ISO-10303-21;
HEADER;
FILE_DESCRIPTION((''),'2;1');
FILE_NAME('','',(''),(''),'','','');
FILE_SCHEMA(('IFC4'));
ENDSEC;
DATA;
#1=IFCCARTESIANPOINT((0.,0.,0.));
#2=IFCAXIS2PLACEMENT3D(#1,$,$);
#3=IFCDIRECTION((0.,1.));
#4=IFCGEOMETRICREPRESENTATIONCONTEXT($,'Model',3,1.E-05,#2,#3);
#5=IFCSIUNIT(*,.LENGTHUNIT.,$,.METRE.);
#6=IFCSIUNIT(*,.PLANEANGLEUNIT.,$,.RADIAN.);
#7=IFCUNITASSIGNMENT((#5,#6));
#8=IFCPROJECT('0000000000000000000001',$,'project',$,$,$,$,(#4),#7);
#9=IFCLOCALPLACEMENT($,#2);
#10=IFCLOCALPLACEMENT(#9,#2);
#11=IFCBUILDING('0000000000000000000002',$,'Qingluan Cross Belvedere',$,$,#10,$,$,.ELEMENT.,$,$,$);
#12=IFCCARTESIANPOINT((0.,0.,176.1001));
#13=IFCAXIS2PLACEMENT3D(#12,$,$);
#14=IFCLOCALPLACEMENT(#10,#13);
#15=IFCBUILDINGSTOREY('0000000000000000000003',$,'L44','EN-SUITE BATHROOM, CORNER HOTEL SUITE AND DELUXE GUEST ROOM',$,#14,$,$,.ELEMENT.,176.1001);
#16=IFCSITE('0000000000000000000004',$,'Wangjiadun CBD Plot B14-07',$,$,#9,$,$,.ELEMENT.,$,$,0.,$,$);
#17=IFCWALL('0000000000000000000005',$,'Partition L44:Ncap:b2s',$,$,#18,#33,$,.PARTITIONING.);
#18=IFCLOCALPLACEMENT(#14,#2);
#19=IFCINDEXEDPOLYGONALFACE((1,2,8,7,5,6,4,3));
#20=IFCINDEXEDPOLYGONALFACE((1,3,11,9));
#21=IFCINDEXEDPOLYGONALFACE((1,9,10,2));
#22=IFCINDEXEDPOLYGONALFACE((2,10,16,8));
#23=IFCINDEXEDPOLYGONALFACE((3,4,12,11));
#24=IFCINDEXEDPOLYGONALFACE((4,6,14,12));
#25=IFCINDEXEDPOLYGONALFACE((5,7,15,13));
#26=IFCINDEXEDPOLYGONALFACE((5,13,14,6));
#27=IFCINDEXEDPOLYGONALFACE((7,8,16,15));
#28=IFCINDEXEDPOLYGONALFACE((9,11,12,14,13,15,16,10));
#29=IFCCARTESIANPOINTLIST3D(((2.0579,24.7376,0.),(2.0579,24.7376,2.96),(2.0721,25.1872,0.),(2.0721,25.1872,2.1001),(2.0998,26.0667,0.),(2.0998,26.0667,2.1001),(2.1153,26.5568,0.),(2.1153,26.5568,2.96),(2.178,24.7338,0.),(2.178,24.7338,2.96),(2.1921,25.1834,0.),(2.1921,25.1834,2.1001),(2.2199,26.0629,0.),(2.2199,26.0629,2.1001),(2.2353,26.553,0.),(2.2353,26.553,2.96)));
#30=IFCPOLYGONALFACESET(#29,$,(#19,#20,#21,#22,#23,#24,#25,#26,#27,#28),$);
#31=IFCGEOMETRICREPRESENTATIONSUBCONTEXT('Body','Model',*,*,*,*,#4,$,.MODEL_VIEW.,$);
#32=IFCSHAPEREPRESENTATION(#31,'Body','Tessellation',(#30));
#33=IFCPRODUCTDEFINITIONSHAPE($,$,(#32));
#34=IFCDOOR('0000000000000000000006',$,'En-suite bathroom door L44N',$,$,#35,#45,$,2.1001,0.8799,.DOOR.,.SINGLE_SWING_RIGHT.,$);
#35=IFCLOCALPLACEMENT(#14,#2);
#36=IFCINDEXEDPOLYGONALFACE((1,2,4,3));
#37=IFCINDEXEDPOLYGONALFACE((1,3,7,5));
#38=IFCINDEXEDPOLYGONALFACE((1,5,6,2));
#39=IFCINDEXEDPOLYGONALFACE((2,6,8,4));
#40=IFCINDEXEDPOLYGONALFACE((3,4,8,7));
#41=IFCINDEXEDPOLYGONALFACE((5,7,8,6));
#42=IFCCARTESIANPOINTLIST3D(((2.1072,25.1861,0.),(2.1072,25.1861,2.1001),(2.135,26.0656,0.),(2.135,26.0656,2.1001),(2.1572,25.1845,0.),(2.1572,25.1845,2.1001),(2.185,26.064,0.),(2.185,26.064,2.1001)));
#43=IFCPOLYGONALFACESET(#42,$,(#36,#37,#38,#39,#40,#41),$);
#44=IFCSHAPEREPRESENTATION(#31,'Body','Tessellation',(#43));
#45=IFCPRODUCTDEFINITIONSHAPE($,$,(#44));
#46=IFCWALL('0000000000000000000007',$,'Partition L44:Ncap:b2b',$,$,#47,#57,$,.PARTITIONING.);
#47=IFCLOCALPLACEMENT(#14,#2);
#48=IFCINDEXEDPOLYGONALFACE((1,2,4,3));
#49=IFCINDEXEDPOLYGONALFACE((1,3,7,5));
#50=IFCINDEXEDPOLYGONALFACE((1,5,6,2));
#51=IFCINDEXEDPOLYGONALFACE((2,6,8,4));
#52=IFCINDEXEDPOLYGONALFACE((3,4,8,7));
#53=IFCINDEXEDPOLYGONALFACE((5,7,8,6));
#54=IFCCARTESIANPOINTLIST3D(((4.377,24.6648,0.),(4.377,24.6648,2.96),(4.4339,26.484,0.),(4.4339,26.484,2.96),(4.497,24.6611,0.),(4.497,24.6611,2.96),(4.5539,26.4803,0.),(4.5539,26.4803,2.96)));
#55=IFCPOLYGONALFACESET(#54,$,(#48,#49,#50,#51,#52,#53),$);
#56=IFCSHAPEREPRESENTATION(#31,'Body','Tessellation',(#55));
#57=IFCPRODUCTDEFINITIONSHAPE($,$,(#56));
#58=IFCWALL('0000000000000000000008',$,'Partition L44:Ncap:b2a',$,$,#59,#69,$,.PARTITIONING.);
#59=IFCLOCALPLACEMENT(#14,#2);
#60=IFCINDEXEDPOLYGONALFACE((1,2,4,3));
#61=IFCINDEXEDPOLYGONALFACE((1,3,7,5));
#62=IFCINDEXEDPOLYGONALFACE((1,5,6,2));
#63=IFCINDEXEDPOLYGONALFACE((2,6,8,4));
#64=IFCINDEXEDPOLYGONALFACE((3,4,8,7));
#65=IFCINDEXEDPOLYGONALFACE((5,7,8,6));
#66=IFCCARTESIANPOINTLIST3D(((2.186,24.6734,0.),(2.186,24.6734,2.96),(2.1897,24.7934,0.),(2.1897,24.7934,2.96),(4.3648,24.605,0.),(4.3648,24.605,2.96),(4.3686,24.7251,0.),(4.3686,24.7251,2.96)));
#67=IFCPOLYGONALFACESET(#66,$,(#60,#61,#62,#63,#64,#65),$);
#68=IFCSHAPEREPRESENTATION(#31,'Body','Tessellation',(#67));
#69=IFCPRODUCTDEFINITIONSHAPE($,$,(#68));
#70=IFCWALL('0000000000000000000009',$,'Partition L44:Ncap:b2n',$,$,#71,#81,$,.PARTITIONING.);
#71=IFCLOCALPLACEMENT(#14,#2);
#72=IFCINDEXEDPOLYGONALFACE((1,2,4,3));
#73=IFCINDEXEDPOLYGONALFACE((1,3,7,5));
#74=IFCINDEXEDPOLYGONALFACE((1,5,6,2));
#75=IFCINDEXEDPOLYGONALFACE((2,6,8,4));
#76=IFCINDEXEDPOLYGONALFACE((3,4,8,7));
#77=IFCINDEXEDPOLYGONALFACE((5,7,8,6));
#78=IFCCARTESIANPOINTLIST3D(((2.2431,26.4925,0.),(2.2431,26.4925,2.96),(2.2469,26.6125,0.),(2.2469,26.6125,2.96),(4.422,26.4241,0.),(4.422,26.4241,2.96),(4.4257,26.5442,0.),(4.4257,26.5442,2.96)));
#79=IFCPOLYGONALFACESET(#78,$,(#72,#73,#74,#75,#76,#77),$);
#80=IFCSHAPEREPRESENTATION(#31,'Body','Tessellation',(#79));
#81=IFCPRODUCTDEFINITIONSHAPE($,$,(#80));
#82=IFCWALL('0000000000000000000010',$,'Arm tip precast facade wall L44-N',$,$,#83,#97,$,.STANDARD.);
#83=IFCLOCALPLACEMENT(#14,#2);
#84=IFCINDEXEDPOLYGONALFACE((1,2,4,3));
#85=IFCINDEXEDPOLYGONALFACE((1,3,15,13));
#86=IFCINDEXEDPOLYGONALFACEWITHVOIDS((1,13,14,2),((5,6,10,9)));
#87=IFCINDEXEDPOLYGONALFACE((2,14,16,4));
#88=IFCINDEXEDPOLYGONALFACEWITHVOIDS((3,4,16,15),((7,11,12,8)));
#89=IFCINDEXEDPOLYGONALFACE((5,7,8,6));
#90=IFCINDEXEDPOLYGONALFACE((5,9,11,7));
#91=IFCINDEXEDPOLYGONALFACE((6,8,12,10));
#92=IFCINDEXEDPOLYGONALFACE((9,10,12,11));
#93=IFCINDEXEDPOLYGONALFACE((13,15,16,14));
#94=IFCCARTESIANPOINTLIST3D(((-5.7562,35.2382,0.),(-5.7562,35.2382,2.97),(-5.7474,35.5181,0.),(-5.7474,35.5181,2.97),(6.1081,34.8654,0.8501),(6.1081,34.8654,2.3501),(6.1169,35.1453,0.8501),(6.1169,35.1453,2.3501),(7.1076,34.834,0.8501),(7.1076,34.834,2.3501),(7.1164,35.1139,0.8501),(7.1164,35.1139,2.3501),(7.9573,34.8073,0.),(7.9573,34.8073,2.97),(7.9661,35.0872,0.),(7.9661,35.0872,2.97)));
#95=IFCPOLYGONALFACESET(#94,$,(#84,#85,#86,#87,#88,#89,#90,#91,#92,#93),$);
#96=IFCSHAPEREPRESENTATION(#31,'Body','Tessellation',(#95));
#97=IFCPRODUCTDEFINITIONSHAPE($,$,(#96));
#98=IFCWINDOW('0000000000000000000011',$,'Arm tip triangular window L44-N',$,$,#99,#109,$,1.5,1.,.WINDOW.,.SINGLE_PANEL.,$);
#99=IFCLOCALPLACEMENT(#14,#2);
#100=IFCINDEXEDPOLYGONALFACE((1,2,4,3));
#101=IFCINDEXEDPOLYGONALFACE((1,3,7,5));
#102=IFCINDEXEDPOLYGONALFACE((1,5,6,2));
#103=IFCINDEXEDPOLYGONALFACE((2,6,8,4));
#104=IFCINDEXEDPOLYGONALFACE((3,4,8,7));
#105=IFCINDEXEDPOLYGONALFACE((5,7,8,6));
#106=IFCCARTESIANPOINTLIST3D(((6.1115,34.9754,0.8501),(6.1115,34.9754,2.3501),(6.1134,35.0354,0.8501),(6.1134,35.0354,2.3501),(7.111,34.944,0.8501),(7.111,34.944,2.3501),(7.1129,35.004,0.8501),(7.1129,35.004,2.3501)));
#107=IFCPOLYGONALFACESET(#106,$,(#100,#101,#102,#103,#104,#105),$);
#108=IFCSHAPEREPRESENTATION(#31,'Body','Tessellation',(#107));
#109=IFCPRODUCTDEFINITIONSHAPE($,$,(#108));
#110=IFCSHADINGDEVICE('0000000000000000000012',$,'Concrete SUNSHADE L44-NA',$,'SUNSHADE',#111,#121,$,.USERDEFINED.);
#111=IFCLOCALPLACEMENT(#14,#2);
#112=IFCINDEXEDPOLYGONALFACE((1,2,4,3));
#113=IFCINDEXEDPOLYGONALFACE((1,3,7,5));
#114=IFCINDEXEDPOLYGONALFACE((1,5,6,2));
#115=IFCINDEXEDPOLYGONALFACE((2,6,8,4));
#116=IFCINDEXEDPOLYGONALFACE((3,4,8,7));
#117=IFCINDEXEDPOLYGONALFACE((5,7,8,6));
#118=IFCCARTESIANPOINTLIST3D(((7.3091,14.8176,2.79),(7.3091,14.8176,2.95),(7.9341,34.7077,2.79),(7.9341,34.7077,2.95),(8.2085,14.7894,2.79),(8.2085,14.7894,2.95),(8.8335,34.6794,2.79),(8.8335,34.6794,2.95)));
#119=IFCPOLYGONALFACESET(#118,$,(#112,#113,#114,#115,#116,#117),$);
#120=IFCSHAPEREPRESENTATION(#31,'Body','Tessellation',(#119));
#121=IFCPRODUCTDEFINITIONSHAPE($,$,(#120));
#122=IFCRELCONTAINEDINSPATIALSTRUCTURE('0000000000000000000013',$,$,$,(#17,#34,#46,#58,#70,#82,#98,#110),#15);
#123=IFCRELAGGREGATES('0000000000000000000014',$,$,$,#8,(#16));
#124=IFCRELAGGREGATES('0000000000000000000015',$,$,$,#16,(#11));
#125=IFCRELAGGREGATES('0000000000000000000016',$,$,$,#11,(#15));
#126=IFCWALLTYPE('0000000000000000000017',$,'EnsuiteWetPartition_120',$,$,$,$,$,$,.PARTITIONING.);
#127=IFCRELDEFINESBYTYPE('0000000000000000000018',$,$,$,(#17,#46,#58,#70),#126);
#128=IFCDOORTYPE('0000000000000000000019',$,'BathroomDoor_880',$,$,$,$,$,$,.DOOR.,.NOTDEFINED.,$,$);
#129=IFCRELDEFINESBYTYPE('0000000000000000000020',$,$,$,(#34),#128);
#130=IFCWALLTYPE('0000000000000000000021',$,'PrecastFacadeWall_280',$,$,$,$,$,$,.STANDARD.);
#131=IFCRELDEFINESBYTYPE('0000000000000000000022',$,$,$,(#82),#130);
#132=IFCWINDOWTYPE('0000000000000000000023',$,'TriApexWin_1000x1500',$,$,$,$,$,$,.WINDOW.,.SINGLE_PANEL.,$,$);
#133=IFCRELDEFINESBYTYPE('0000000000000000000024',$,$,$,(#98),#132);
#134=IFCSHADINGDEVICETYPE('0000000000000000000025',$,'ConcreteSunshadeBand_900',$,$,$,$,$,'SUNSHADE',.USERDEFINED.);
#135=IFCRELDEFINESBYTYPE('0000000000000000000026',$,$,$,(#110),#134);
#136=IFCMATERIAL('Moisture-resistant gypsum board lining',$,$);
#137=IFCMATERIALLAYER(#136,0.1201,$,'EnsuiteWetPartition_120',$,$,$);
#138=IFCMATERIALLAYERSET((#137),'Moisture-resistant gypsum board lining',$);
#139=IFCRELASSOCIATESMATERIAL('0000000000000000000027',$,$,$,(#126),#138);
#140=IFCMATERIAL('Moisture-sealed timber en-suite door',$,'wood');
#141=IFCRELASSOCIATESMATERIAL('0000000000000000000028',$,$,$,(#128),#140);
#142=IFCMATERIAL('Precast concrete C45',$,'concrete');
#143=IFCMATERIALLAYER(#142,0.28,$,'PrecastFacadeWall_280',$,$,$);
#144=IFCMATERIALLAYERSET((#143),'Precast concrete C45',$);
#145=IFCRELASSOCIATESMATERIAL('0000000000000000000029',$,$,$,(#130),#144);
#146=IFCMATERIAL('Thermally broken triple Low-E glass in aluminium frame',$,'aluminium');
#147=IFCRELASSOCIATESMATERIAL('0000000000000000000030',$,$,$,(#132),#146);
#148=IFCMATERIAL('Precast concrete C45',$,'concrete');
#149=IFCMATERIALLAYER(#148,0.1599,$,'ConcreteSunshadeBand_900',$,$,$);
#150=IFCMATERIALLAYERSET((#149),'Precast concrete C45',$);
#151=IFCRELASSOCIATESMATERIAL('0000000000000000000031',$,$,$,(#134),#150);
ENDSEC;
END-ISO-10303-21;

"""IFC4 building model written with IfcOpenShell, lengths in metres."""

from ifc_helpers import new_model, si_unit, direction, frame, frame_2d, origin, origin_2d, place, context, subcontext, project, spatial, rectangle, extrude, material, layer, layer_set, type_object, element, fill, save


model = new_model("IFC4")

# Units and contexts
model_context = context("Model", 3, precision=1e-05, world=origin(), true_north=direction((0.0, 1.0)))
body_context = subcontext(model_context, "Body", "Model", "MODEL_VIEW")
ifc_project = project(units=[si_unit("LENGTHUNIT", "METRE"), si_unit("PLANEANGLEUNIT", "RADIAN")], contexts=[model_context])

# Site, building, storey
site_placement = place(None, origin())
site = spatial("IfcSite", under=ifc_project, at=site_placement, Name="Wangjiadun CBD Plot B14-07", CompositionType="ELEMENT", RefElevation=0.0)
building_placement = place(site_placement, origin())
building = spatial("IfcBuilding", under=site, at=building_placement, Name="Qingluan Cross Belvedere", CompositionType="ELEMENT")
storey_placement = place(building_placement, frame((0.0, 0.0, 176.1001)))
storey = spatial("IfcBuildingStorey", under=building, at=storey_placement, Name="L44", Description="EN-SUITE BATHROOM, CORNER HOTEL SUITE AND DELUXE GUEST ROOM", CompositionType="ELEMENT", Elevation=176.1001)

# Shared definitions
ifc_material_1 = material(Name="Moisture-resistant gypsum board lining")
ifc_layer_1 = layer(ifc_material_1, 0.1201, Name="EnsuiteWetPartition_120")
ifc_layer_set_1 = layer_set([ifc_layer_1], Name="Moisture-resistant gypsum board lining")
wall_type_1 = type_object("IfcWallType", Name="EnsuiteWetPartition_120", PredefinedType="PARTITIONING", material=ifc_layer_set_1)
ifc_material_2 = material(Name="Moisture-sealed timber en-suite door", Category="wood")
door_type_1 = type_object("IfcDoorType", Name="BathroomDoor_880", OperationType="NOTDEFINED", PredefinedType="DOOR", material=ifc_material_2)

# Wall, opening, door
wall_1_placement = place(storey_placement, frame((2.1179, 24.7356, 0.0), z_axis=(0.0, 0.0, 1.0), x_axis=(0.031524, 0.999503, 0.0)))
wall_1 = element("IfcWall", 1, at=wall_1_placement, inside=storey, type_object=wall_type_1, Name="Partition L44:Ncap:b2s", PredefinedType="PARTITIONING", context=body_context, shape_type="SweptSolid", body=[
    extrude(rectangle(XDim=1.8201, YDim=0.1201, at=frame_2d((0.9102, 0.0))), origin(), (0.0, 0.0, 1.0), 2.96),
])
opening_1_placement = place(wall_1_placement, frame((0.45, 0.0, 0.0)))
opening_1 = element("IfcOpeningElement", 2, at=opening_1_placement, cuts=wall_1, PredefinedType="OPENING", context=body_context, shape_type="SweptSolid", body=[
    extrude(rectangle(XDim=0.8799, YDim=2.1001, at=frame_2d((0.4399, 1.05))), frame((0.0, 0.0701, 0.0), z_axis=(0.0, -1.0, 0.0), x_axis=(1.0, 0.0, 0.0)), (0.0, 0.0, 1.0), 0.1401),
])
door_1_placement = place(opening_1_placement, origin())
door_1 = element("IfcDoor", 3, at=door_1_placement, inside=storey, type_object=door_type_1, Name="En-suite bathroom door L44N", OperationType="SINGLE_SWING_RIGHT", OverallHeight=2.1001, OverallWidth=0.8799, PredefinedType="DOOR", context=body_context, shape_type="SweptSolid", body=[
    extrude(rectangle(XDim=0.8799, YDim=2.1001, at=frame_2d((0.4399, 1.05))), frame((0.0, 0.0249, 0.0), z_axis=(0.0, -1.0, 0.0), x_axis=(1.0, 0.0, 0.0)), (0.0, 0.0, 1.0), 0.05),
])
fill(opening_1, door_1)

# Walls
wall_2_placement = place(storey_placement, frame((4.437, 24.6628, 0.0), z_axis=(0.0, 0.0, 1.0), x_axis=(0.031256, 0.999511, 0.0)))
element("IfcWall", 4, at=wall_2_placement, inside=storey, type_object=wall_type_1, Name="Partition L44:Ncap:b2b", PredefinedType="PARTITIONING", context=body_context, shape_type="SweptSolid", body=[
    extrude(rectangle(XDim=1.8201, YDim=0.1201, at=frame_2d((0.9102, 0.0))), origin(), (0.0, 0.0, 1.0), 2.96),
])
for number, where, z_axis, x_axis, name in (
    (5, (2.188, 24.7334, 0.0), (0.0, 0.0, 1.0), (0.999508, -0.031357, 0.0), "Partition L44:Ncap:b2a"),
    (6, (2.2451, 26.5525, 0.0), (0.0, 0.0, 1.0), (0.999508, -0.031357, 0.0), "Partition L44:Ncap:b2n"),
):
    element("IfcWall", number, at=place(storey_placement, frame(where, z_axis=z_axis, x_axis=x_axis)), inside=storey, type_object=wall_type_1, Name=name, PredefinedType="PARTITIONING", context=body_context, shape_type="SweptSolid", body=[
        extrude(rectangle(XDim=2.1799, YDim=0.1201, at=frame_2d((1.0898, 0.0))), origin(), (0.0, 0.0, 1.0), 2.96),
    ])

# Wall, opening, window
ifc_material_3 = material(Name="Precast concrete C45", Category="concrete")
ifc_layer_2 = layer(ifc_material_3, 0.28, Name="PrecastFacadeWall_280")
ifc_layer_set_2 = layer_set([ifc_layer_2], Name="Precast concrete C45")
wall_type_2 = type_object("IfcWallType", Name="PrecastFacadeWall_280", PredefinedType="STANDARD", material=ifc_layer_set_2)
wall_3_placement = place(storey_placement, frame((7.9617, 34.9473, 0.0), z_axis=(0.0, 0.0, 1.0), x_axis=(-0.999507, 0.031407, 0.0)))
wall_3 = element("IfcWall", 7, at=wall_3_placement, inside=storey, type_object=wall_type_2, Name="Arm tip precast facade wall L44-N", PredefinedType="STANDARD", context=body_context, shape_type="SweptSolid", body=[
    extrude(rectangle(XDim=13.7202, YDim=0.28, at=frame_2d((6.8601, 0.0))), origin(), (0.0, 0.0, 1.0), 2.97),
])
opening_2_placement = place(wall_3_placement, frame((0.8501, 0.0, 0.8501)))
opening_2 = element("IfcOpeningElement", 8, at=opening_2_placement, cuts=wall_3, PredefinedType="OPENING", context=body_context, shape_type="SweptSolid", body=[
    extrude(rectangle(XDim=1.0, YDim=1.5, at=frame_2d((0.5, 0.75))), frame((0.0, 0.1499, 0.0), z_axis=(0.0, -1.0, 0.0), x_axis=(1.0, 0.0, 0.0)), (0.0, 0.0, 1.0), 0.3),
])
ifc_material_4 = material(Name="Thermally broken triple Low-E glass in aluminium frame", Category="aluminium")
window_type = type_object("IfcWindowType", Name="TriApexWin_1000x1500", PartitioningType="SINGLE_PANEL", PredefinedType="WINDOW", material=ifc_material_4)
window_placement = place(opening_2_placement, origin())
window = element("IfcWindow", 9, at=window_placement, inside=storey, type_object=window_type, Name="Arm tip triangular window L44-N", OverallHeight=1.5, OverallWidth=1.0, PartitioningType="SINGLE_PANEL", PredefinedType="WINDOW", context=body_context, shape_type="SweptSolid", body=[
    extrude(rectangle(XDim=1.0, YDim=1.5, at=frame_2d((0.5, 0.75))), frame((0.0, 0.03, 0.0), z_axis=(0.0, -1.0, 0.0), x_axis=(1.0, 0.0, 0.0)), (0.0, 0.0, 1.0), 0.0601),
])
fill(opening_2, window)

# Shading device
ifc_material_5 = material(Name="Precast concrete C45", Category="concrete")
ifc_layer_3 = layer(ifc_material_5, 0.1599, Name="ConcreteSunshadeBand_900")
ifc_layer_set_3 = layer_set([ifc_layer_3], Name="Precast concrete C45")
shading_device_type = type_object("IfcShadingDeviceType", Name="ConcreteSunshadeBand_900", ElementType="SUNSHADE", PredefinedType="USERDEFINED", material=ifc_layer_set_3)
shading_device_placement = place(storey_placement, frame((8.0713, 24.7485, 2.79), z_axis=(0.0, 0.0, 1.0), x_axis=(0.031408, 0.999507, 0.0)))
element("IfcShadingDevice", 10, at=shading_device_placement, inside=storey, type_object=shading_device_type, Name="Concrete SUNSHADE L44-NA", ObjectType="SUNSHADE", PredefinedType="USERDEFINED", context=body_context, shape_type="SweptSolid", body=[
    extrude(rectangle(XDim=19.8999, YDim=0.8999, at=origin_2d()), origin(), (0.0, 0.0, 1.0), 0.1599),
])

save(model, "model.ifc")
